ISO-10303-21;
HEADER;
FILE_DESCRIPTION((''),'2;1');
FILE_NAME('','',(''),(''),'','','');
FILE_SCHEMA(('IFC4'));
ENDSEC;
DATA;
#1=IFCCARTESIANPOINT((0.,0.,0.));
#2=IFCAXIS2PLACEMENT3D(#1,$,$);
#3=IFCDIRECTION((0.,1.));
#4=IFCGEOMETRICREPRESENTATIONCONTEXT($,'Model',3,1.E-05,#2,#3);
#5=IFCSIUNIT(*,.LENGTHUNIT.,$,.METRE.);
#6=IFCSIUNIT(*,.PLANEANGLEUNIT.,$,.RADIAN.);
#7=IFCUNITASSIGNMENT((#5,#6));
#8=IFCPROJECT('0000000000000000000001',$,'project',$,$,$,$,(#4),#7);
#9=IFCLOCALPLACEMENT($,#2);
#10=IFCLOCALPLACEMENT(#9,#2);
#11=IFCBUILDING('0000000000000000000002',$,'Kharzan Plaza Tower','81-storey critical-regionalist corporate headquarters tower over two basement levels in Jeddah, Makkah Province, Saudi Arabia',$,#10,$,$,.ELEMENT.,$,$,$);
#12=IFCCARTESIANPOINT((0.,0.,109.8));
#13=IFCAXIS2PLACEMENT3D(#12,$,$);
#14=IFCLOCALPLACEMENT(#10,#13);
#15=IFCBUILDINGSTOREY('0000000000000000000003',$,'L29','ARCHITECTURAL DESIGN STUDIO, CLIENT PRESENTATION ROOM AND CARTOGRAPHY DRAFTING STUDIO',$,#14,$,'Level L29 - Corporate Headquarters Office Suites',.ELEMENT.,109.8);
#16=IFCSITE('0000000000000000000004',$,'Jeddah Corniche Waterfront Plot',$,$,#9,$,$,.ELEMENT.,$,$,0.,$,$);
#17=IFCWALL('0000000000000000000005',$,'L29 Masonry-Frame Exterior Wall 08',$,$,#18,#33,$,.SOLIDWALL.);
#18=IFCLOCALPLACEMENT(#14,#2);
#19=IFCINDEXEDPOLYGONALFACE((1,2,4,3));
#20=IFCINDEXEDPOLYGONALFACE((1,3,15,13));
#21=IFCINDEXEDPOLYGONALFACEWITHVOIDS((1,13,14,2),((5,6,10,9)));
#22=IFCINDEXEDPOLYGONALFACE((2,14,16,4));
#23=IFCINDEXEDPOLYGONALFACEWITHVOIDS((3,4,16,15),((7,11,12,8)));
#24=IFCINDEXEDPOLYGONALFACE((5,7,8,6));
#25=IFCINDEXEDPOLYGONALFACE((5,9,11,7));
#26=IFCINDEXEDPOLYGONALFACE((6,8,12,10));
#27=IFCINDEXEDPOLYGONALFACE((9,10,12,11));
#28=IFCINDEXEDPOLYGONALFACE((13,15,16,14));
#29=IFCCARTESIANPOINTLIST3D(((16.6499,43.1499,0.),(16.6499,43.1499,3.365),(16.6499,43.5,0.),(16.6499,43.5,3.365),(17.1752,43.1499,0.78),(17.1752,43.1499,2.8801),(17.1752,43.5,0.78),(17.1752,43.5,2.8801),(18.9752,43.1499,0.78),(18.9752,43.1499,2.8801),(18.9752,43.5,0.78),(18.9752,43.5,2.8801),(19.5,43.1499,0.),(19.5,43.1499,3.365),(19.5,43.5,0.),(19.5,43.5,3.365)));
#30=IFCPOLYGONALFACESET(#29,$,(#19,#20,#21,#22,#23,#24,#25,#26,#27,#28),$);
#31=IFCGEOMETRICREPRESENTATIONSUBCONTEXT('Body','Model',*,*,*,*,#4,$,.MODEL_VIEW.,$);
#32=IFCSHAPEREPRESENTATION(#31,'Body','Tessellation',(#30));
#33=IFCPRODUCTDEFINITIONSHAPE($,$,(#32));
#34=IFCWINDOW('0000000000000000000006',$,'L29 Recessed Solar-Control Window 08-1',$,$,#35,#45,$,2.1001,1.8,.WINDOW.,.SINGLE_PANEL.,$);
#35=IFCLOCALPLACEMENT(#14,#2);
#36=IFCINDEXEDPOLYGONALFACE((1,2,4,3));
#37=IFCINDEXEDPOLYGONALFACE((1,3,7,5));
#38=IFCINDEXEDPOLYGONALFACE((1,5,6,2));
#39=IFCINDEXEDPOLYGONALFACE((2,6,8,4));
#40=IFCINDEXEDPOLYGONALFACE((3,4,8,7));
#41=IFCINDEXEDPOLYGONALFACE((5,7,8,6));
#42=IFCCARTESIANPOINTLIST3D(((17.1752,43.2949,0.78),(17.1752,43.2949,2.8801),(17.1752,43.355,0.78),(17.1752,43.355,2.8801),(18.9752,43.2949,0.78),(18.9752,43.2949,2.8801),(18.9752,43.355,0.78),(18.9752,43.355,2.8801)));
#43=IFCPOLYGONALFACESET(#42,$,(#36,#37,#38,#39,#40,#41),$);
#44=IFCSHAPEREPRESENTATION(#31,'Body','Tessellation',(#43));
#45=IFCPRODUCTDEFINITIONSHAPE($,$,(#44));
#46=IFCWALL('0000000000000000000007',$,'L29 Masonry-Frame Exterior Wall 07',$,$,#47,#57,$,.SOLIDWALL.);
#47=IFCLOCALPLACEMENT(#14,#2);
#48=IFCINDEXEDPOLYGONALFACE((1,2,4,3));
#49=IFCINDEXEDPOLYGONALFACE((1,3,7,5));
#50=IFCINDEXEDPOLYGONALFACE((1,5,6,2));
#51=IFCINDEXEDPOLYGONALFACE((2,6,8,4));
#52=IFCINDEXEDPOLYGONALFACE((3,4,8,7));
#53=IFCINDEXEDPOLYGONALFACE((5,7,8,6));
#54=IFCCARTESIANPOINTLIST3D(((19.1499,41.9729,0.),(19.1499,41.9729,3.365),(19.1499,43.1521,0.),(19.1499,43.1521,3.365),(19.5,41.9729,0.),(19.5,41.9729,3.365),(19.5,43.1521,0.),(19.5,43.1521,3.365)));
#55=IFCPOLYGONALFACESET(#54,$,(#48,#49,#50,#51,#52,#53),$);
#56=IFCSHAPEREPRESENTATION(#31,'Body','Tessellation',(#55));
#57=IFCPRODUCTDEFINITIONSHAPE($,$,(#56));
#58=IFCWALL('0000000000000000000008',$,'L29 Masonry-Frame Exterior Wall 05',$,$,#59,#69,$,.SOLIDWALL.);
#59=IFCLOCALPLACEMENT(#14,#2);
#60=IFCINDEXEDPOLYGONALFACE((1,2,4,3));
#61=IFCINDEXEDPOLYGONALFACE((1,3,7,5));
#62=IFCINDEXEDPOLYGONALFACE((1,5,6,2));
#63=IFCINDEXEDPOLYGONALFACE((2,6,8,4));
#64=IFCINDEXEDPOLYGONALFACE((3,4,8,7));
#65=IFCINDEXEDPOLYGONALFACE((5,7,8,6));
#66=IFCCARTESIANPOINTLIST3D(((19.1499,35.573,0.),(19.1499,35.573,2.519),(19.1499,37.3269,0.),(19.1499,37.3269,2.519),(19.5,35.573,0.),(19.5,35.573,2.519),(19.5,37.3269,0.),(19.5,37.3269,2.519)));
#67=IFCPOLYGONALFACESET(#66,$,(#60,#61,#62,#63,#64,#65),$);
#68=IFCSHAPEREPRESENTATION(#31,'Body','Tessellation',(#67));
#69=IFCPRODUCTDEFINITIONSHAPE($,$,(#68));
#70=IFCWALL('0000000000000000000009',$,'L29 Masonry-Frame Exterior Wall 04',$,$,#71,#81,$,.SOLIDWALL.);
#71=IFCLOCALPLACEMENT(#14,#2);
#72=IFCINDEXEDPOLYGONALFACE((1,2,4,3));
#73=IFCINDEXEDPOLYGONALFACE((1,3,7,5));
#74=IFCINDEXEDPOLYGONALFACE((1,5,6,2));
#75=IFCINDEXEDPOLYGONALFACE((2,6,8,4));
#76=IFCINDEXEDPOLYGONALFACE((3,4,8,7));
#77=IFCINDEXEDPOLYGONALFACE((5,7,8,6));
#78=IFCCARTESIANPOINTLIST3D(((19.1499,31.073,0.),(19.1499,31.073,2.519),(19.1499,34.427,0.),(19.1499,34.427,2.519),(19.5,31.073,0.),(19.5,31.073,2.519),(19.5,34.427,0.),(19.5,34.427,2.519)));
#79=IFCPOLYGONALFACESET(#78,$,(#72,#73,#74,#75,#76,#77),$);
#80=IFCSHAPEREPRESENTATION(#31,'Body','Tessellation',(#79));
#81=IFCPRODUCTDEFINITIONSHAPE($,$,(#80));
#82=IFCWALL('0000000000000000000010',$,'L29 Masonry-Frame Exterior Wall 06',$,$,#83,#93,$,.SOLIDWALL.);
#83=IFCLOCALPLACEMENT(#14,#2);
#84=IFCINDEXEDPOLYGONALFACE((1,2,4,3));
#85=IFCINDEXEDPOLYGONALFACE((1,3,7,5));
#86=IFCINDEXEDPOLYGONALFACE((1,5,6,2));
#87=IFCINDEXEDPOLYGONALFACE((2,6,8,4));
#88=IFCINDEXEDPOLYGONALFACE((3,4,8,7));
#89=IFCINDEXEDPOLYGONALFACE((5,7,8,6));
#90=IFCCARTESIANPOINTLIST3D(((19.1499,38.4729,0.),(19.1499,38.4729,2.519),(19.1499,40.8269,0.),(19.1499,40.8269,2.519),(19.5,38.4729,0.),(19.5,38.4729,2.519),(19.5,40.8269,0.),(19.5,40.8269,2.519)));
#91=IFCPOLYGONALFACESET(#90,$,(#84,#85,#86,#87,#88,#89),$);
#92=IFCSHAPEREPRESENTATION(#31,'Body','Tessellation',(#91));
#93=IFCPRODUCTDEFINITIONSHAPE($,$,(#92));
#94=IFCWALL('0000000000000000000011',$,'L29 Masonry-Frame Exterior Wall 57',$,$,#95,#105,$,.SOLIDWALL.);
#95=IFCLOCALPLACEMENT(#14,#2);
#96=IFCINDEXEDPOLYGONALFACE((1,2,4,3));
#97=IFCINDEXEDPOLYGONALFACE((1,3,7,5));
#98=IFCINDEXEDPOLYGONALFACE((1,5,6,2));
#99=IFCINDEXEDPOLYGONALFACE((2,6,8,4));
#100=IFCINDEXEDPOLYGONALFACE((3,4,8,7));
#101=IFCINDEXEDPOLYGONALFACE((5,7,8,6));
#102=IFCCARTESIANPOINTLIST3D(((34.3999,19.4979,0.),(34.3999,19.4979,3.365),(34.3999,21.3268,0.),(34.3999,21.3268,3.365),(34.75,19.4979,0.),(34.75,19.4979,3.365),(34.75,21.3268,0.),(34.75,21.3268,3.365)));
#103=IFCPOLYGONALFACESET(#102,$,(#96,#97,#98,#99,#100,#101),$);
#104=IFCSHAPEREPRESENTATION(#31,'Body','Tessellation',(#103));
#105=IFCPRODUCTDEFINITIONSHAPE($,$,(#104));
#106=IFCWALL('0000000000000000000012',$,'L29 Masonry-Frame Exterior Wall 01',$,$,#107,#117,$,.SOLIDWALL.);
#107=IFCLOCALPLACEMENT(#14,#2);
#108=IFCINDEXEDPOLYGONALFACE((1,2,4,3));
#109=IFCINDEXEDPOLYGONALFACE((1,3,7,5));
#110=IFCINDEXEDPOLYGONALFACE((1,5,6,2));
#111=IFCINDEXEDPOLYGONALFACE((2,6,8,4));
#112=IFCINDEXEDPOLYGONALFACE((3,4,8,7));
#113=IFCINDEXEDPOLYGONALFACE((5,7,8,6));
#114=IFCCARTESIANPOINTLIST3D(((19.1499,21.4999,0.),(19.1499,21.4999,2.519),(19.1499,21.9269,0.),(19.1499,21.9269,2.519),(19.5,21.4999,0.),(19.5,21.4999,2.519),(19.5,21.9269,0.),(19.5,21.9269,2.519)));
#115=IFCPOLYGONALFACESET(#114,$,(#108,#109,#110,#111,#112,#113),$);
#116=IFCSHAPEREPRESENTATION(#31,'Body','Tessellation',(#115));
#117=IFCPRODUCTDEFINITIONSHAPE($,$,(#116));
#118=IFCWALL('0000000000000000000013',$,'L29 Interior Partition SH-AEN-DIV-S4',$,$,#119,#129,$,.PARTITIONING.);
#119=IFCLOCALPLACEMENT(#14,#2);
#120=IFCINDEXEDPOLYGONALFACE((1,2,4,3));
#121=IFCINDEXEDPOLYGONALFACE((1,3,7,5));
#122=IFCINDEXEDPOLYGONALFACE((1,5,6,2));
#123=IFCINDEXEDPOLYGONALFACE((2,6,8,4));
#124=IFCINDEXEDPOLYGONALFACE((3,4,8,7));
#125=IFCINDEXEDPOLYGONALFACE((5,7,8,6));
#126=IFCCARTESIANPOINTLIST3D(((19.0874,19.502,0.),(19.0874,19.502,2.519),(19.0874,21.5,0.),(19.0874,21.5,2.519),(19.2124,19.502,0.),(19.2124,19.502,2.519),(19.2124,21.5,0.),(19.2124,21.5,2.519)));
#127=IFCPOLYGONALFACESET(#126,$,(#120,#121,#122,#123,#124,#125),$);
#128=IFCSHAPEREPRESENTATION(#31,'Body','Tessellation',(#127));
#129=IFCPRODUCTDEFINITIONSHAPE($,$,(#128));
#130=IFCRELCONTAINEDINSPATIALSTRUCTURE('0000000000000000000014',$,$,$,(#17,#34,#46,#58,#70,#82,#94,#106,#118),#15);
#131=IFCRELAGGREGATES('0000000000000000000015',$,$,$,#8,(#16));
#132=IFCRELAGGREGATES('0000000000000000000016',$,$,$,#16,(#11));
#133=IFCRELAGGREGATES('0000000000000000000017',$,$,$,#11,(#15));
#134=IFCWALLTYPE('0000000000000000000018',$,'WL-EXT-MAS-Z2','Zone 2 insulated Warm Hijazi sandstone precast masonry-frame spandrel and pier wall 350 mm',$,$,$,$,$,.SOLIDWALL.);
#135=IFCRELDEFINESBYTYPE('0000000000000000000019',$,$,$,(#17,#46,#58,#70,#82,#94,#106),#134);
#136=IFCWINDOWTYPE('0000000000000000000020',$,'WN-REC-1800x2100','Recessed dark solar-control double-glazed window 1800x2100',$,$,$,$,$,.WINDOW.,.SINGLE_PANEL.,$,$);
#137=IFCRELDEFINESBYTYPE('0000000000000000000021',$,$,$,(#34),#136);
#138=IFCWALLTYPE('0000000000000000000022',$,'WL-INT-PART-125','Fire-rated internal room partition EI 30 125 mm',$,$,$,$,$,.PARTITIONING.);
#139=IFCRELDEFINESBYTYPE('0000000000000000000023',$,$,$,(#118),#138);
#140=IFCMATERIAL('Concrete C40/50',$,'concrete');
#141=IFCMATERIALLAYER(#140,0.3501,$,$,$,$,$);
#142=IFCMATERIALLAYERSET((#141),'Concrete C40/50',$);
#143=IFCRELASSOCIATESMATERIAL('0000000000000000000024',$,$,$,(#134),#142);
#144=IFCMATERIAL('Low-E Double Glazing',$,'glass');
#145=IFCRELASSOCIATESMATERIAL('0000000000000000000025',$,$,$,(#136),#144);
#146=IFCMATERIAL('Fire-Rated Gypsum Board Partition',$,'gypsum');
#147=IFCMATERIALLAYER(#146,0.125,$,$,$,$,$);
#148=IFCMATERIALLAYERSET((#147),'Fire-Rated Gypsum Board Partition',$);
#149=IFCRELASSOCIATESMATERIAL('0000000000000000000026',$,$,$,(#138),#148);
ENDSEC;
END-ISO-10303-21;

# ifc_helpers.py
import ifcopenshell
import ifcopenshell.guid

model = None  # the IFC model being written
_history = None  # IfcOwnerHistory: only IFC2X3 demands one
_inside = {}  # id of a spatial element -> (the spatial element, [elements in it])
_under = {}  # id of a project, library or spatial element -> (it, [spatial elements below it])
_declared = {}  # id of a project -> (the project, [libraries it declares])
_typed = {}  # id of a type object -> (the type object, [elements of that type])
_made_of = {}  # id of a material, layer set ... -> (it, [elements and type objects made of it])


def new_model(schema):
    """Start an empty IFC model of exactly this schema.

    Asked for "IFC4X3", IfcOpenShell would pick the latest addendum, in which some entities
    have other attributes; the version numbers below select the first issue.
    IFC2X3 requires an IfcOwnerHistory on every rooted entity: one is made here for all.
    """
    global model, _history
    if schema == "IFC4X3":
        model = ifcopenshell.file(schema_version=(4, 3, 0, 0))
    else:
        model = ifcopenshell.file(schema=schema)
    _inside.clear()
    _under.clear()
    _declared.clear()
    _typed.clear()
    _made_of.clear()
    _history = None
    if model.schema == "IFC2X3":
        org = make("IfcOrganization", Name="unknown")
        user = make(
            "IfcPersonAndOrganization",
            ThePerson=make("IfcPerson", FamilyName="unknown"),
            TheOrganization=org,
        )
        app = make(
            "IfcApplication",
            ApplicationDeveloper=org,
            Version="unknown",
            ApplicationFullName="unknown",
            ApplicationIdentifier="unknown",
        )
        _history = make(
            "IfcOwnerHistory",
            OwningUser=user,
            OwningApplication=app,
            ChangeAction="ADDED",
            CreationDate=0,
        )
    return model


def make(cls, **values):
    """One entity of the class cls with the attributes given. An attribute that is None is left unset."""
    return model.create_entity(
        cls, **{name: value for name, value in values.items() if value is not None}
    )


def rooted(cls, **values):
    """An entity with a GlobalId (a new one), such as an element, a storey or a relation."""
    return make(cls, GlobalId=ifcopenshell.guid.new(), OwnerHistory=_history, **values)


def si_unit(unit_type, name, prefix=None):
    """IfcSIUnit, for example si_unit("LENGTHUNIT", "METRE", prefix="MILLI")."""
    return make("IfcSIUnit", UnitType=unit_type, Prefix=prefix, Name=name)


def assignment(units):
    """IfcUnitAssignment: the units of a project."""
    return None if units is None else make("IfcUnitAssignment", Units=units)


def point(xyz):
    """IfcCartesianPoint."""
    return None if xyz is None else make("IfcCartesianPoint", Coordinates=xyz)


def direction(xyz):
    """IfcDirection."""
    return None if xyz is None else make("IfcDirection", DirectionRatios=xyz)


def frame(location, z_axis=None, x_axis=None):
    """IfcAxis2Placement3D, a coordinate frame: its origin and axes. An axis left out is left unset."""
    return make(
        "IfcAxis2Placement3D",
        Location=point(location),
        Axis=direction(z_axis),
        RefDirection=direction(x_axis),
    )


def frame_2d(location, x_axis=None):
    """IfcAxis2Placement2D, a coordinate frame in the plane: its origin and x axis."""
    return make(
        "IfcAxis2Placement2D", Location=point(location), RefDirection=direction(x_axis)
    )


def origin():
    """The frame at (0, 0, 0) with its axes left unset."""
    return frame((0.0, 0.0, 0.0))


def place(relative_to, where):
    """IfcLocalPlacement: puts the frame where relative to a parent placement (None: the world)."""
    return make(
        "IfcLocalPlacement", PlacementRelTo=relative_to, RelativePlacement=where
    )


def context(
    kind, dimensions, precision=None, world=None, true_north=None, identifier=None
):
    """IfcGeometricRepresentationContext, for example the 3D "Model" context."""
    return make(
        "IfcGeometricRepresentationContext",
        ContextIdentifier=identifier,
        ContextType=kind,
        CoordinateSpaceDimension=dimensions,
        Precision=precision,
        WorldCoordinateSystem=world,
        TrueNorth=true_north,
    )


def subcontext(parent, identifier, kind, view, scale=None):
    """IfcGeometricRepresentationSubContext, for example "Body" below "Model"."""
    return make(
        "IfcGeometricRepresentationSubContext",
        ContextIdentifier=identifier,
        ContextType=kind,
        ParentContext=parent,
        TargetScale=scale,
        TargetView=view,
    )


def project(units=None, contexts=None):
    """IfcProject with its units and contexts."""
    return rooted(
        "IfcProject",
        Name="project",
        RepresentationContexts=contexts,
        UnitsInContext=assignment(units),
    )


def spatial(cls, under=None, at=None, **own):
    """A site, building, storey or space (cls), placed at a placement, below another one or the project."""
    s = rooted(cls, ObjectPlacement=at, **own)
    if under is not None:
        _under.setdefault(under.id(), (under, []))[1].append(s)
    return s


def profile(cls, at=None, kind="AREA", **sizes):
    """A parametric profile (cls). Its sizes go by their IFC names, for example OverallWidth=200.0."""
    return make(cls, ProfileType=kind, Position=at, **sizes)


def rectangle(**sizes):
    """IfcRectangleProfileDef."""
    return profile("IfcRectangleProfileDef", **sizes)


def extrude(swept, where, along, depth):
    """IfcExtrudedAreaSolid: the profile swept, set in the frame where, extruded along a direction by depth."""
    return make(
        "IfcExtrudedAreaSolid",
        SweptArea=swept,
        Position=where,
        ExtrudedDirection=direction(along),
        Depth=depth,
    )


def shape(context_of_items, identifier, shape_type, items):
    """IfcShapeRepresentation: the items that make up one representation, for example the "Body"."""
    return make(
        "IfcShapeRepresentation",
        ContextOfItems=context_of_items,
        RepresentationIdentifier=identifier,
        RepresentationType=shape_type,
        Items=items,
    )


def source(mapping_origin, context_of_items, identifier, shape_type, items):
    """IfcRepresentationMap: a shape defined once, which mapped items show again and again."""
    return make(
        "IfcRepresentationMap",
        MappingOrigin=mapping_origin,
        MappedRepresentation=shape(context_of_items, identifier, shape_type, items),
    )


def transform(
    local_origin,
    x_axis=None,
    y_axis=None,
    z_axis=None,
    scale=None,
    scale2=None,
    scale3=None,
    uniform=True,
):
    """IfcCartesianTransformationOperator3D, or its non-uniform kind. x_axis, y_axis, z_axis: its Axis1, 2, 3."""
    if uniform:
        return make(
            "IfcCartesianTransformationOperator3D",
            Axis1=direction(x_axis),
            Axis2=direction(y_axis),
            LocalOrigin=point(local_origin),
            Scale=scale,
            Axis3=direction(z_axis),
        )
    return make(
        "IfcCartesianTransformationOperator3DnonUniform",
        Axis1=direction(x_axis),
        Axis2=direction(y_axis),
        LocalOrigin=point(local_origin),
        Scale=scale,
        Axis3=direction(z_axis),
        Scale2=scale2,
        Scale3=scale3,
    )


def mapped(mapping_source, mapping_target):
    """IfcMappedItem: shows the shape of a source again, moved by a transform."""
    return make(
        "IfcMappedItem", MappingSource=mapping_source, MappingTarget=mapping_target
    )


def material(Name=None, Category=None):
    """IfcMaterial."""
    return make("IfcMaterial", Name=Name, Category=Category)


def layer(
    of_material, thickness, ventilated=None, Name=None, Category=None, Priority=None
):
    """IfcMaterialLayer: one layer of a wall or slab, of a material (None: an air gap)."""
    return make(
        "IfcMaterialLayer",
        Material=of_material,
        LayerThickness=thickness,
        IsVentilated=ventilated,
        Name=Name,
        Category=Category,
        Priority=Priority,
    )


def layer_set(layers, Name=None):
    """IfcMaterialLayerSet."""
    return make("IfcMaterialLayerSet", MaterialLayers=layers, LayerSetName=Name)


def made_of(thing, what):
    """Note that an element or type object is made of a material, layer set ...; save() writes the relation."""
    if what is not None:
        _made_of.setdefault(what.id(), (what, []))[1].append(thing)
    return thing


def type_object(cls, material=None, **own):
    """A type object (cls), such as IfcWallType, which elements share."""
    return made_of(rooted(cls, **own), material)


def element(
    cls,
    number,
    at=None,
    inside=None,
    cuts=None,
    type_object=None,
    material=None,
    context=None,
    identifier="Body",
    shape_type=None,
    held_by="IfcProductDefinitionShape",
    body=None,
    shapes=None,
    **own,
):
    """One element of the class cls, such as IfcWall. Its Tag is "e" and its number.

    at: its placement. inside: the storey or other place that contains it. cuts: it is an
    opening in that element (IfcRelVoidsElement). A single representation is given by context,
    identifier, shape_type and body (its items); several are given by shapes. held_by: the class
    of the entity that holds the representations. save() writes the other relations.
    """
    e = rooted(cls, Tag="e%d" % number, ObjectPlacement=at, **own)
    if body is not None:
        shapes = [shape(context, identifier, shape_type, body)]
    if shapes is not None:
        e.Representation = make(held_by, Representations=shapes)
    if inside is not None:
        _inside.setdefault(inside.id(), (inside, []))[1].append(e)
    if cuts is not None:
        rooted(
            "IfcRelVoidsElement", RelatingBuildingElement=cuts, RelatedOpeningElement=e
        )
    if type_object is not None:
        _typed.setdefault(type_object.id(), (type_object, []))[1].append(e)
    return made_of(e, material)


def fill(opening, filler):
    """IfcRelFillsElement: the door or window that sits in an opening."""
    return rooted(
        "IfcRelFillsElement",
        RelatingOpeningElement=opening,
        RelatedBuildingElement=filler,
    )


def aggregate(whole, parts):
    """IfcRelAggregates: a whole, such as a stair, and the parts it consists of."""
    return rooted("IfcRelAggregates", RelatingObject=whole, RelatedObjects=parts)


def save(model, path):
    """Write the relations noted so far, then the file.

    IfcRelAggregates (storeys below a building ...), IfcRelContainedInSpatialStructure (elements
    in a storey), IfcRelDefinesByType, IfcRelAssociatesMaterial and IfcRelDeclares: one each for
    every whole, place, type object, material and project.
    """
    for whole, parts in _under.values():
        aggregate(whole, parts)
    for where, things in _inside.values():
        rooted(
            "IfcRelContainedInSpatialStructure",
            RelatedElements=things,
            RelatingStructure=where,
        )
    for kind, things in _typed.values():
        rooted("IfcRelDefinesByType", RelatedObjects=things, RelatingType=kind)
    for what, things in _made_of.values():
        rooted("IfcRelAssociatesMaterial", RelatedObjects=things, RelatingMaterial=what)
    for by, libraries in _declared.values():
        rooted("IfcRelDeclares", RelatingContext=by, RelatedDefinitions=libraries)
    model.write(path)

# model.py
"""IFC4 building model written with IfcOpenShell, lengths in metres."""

from ifc_helpers import new_model, si_unit, direction, frame, frame_2d, origin, place, context, subcontext, project, spatial, rectangle, extrude, source, transform, mapped, material, layer, layer_set, type_object, element, fill, save


model = new_model("IFC4")

# Units and contexts
model_context = context("Model", 3, precision=1e-05, world=origin(), true_north=direction((0.0, 1.0)))
body_context = subcontext(model_context, "Body", "Model", "MODEL_VIEW")
ifc_project = project(units=[si_unit("LENGTHUNIT", "METRE"), si_unit("PLANEANGLEUNIT", "RADIAN")], contexts=[model_context])

# Site, building, storey
site_placement = place(None, origin())
site = spatial("IfcSite", under=ifc_project, at=site_placement, Name="Jeddah Corniche Waterfront Plot", CompositionType="ELEMENT", RefElevation=0.0)
building_placement = place(site_placement, origin())
building = spatial("IfcBuilding", under=site, at=building_placement, Name="Kharzan Plaza Tower", Description="81-storey critical-regionalist corporate headquarters tower over two basement levels in Jeddah, Makkah Province, Saudi Arabia", CompositionType="ELEMENT")
storey_placement = place(building_placement, frame((0.0, 0.0, 109.8)))
storey = spatial("IfcBuildingStorey", under=building, at=storey_placement, Name="L29", Description="ARCHITECTURAL DESIGN STUDIO, CLIENT PRESENTATION ROOM AND CARTOGRAPHY DRAFTING STUDIO", LongName="Level L29 - Corporate Headquarters Office Suites", CompositionType="ELEMENT", Elevation=109.8)

# Wall, opening, window
ifc_material_1 = material(Name="Concrete C40/50", Category="concrete")
ifc_layer_1 = layer(ifc_material_1, 0.3501)
ifc_layer_set_1 = layer_set([ifc_layer_1], Name="Concrete C40/50")
wall_type_1 = type_object("IfcWallType", Name="WL-EXT-MAS-Z2", Description="Zone 2 insulated Warm Hijazi sandstone precast masonry-frame spandrel and pier wall 350 mm", PredefinedType="SOLIDWALL", material=ifc_layer_set_1)
ifc_material_2 = material(Name="Low-E Double Glazing", Category="glass")
wall_1_placement = place(storey_placement, frame((19.5, 43.325, 0.0), z_axis=(0.0, 0.0, 1.0), x_axis=(-1.0, 0.0, 0.0)))
wall_1 = element("IfcWall", 1, at=wall_1_placement, inside=storey, type_object=wall_type_1, Name="L29 Masonry-Frame Exterior Wall 08", PredefinedType="SOLIDWALL", context=body_context, shape_type="SweptSolid", body=[
    extrude(rectangle(XDim=2.8501, YDim=0.3501, at=frame_2d((1.425, 0.0))), origin(), (0.0, 0.0, 1.0), 3.365),
])
opening_1_placement = place(wall_1_placement, frame((0.5249, 0.0, 0.78)))
opening_1 = element("IfcOpeningElement", 2, at=opening_1_placement, cuts=wall_1, PredefinedType="OPENING", context=body_context, shape_type="SweptSolid", body=[
    extrude(rectangle(XDim=1.8, YDim=2.1001, at=frame_2d((0.8999, 1.05))), frame((0.0, 0.1851, 0.0), z_axis=(0.0, -1.0, 0.0), x_axis=(1.0, 0.0, 0.0)), (0.0, 0.0, 1.0), 0.3701),
])
window_type_1 = type_object("IfcWindowType", Name="WN-REC-1800x2100", Description="Recessed dark solar-control double-glazed window 1800x2100", PartitioningType="SINGLE_PANEL", PredefinedType="WINDOW", material=ifc_material_2)
shared_shape_1 = source(origin(), body_context, "Body", "SweptSolid", [
    extrude(rectangle(XDim=1.8, YDim=2.1001, at=frame_2d((0.8999, 1.05))), frame((0.0, 0.03, 0.0), z_axis=(0.0, -1.0, 0.0), x_axis=(1.0, 0.0, 0.0)), (0.0, 0.0, 1.0), 0.0601),
])
window_1_placement = place(opening_1_placement, origin())
window_1 = element("IfcWindow", 3, at=window_1_placement, inside=storey, type_object=window_type_1, Name="L29 Recessed Solar-Control Window 08-1", OverallHeight=2.1001, OverallWidth=1.8, PartitioningType="SINGLE_PANEL", PredefinedType="WINDOW", context=body_context, shape_type="MappedRepresentation", body=[
    mapped(shared_shape_1, transform((0.0, 0.0, 0.0), x_axis=(1.0, 0.0, 0.0), y_axis=(0.0, 1.0, 0.0), z_axis=(0.0, 0.0, 1.0))),
])
fill(opening_1, window_1)

# Walls
shared_shape_2 = source(origin(), body_context, "Body", "SweptSolid", [
    extrude(rectangle(XDim=1.1792, YDim=0.3501, at=frame_2d((0.5896, 0.0))), origin(), (0.0, 0.0, 1.0), 3.365),
])
wall_2_placement = place(storey_placement, frame((19.325, 41.9729, 0.0), z_axis=(0.0, 0.0, 1.0), x_axis=(0.0, 1.0, 0.0)))
element("IfcWall", 4, at=wall_2_placement, inside=storey, type_object=wall_type_1, Name="L29 Masonry-Frame Exterior Wall 07", PredefinedType="SOLIDWALL", context=body_context, shape_type="MappedRepresentation", body=[
    mapped(shared_shape_2, transform((0.0, 0.0, 0.0), x_axis=(1.0, 0.0, 0.0), y_axis=(0.0, 1.0, 0.0), z_axis=(0.0, 0.0, 1.0))),
])
shared_shape_3 = source(origin(), body_context, "Body", "SweptSolid", [
    extrude(rectangle(XDim=1.7539, YDim=0.3501, at=frame_2d((0.877, 0.0))), origin(), (0.0, 0.0, 1.0), 2.519),
])
wall_3_placement = place(storey_placement, frame((19.325, 35.573, 0.0), z_axis=(0.0, 0.0, 1.0), x_axis=(0.0, 1.0, 0.0)))
element("IfcWall", 5, at=wall_3_placement, inside=storey, type_object=wall_type_1, Name="L29 Masonry-Frame Exterior Wall 05", PredefinedType="SOLIDWALL", context=body_context, shape_type="MappedRepresentation", body=[
    mapped(shared_shape_3, transform((0.0, 0.0, 0.0), x_axis=(1.0, 0.0, 0.0), y_axis=(0.0, 1.0, 0.0), z_axis=(0.0, 0.0, 1.0))),
])
shared_shape_4 = source(origin(), body_context, "Body", "SweptSolid", [
    extrude(rectangle(XDim=3.354, YDim=0.3501, at=frame_2d((1.677, 0.0))), origin(), (0.0, 0.0, 1.0), 2.519),
])
wall_4_placement = place(storey_placement, frame((19.325, 31.073, 0.0), z_axis=(0.0, 0.0, 1.0), x_axis=(0.0, 1.0, 0.0)))
element("IfcWall", 6, at=wall_4_placement, inside=storey, type_object=wall_type_1, Name="L29 Masonry-Frame Exterior Wall 04", PredefinedType="SOLIDWALL", context=body_context, shape_type="MappedRepresentation", body=[
    mapped(shared_shape_4, transform((0.0, 0.0, 0.0), x_axis=(1.0, 0.0, 0.0), y_axis=(0.0, 1.0, 0.0), z_axis=(0.0, 0.0, 1.0))),
])
shared_shape_5 = source(origin(), body_context, "Body", "SweptSolid", [
    extrude(rectangle(XDim=2.354, YDim=0.3501, at=frame_2d((1.177, 0.0))), origin(), (0.0, 0.0, 1.0), 2.519),
])
wall_5_placement = place(storey_placement, frame((19.325, 38.4729, 0.0), z_axis=(0.0, 0.0, 1.0), x_axis=(0.0, 1.0, 0.0)))
element("IfcWall", 7, at=wall_5_placement, inside=storey, type_object=wall_type_1, Name="L29 Masonry-Frame Exterior Wall 06", PredefinedType="SOLIDWALL", context=body_context, shape_type="MappedRepresentation", body=[
    mapped(shared_shape_5, transform((0.0, 0.0, 0.0), x_axis=(1.0, 0.0, 0.0), y_axis=(0.0, 1.0, 0.0), z_axis=(0.0, 0.0, 1.0))),
])
shared_shape_6 = source(origin(), body_context, "Body", "SweptSolid", [
    extrude(rectangle(XDim=1.8289, YDim=0.3501, at=frame_2d((0.9146, 0.0))), origin(), (0.0, 0.0, 1.0), 3.365),
])
wall_6_placement = place(storey_placement, frame((34.575, 21.3269, 0.0), z_axis=(0.0, 0.0, 1.0), x_axis=(0.0, -1.0, 0.0)))
element("IfcWall", 8, at=wall_6_placement, inside=storey, type_object=wall_type_1, Name="L29 Masonry-Frame Exterior Wall 57", PredefinedType="SOLIDWALL", context=body_context, shape_type="MappedRepresentation", body=[
    mapped(shared_shape_6, transform((0.0, 0.0, 0.0), x_axis=(1.0, 0.0, 0.0), y_axis=(0.0, 1.0, 0.0), z_axis=(0.0, 0.0, 1.0))),
])
shared_shape_7 = source(origin(), body_context, "Body", "SweptSolid", [
    extrude(rectangle(XDim=0.427, YDim=0.3501, at=frame_2d((0.2134, 0.0))), origin(), (0.0, 0.0, 1.0), 2.519),
])
wall_7_placement = place(storey_placement, frame((19.325, 21.5, 0.0), z_axis=(0.0, 0.0, 1.0), x_axis=(0.0, 1.0, 0.0)))
element("IfcWall", 9, at=wall_7_placement, inside=storey, type_object=wall_type_1, Name="L29 Masonry-Frame Exterior Wall 01", PredefinedType="SOLIDWALL", context=body_context, shape_type="MappedRepresentation", body=[
    mapped(shared_shape_7, transform((0.0, 0.0, 0.0), x_axis=(1.0, 0.0, 0.0), y_axis=(0.0, 1.0, 0.0), z_axis=(0.0, 0.0, 1.0))),
])
ifc_material_3 = material(Name="Fire-Rated Gypsum Board Partition", Category="gypsum")
ifc_layer_2 = layer(ifc_material_3, 0.125)
ifc_layer_set_2 = layer_set([ifc_layer_2], Name="Fire-Rated Gypsum Board Partition")
wall_type_2 = type_object("IfcWallType", Name="WL-INT-PART-125", Description="Fire-rated internal room partition EI 30 125 mm", PredefinedType="PARTITIONING", material=ifc_layer_set_2)
shared_shape_8 = source(origin(), body_context, "Body", "SweptSolid", [
    extrude(rectangle(XDim=1.998, YDim=0.125, at=frame_2d((0.999, 0.0))), origin(), (0.0, 0.0, 1.0), 2.519),
])
wall_8_placement = place(storey_placement, frame((19.1499, 19.502, 0.0), z_axis=(0.0, 0.0, 1.0), x_axis=(0.0, 1.0, 0.0)))
element("IfcWall", 10, at=wall_8_placement, inside=storey, type_object=wall_type_2, Name="L29 Interior Partition SH-AEN-DIV-S4", PredefinedType="PARTITIONING", context=body_context, shape_type="MappedRepresentation", body=[
    mapped(shared_shape_8, transform((0.0, 0.0, 0.0), x_axis=(1.0, 0.0, 0.0), y_axis=(0.0, 1.0, 0.0), z_axis=(0.0, 0.0, 1.0))),
])

save(model, "model.ifc")
